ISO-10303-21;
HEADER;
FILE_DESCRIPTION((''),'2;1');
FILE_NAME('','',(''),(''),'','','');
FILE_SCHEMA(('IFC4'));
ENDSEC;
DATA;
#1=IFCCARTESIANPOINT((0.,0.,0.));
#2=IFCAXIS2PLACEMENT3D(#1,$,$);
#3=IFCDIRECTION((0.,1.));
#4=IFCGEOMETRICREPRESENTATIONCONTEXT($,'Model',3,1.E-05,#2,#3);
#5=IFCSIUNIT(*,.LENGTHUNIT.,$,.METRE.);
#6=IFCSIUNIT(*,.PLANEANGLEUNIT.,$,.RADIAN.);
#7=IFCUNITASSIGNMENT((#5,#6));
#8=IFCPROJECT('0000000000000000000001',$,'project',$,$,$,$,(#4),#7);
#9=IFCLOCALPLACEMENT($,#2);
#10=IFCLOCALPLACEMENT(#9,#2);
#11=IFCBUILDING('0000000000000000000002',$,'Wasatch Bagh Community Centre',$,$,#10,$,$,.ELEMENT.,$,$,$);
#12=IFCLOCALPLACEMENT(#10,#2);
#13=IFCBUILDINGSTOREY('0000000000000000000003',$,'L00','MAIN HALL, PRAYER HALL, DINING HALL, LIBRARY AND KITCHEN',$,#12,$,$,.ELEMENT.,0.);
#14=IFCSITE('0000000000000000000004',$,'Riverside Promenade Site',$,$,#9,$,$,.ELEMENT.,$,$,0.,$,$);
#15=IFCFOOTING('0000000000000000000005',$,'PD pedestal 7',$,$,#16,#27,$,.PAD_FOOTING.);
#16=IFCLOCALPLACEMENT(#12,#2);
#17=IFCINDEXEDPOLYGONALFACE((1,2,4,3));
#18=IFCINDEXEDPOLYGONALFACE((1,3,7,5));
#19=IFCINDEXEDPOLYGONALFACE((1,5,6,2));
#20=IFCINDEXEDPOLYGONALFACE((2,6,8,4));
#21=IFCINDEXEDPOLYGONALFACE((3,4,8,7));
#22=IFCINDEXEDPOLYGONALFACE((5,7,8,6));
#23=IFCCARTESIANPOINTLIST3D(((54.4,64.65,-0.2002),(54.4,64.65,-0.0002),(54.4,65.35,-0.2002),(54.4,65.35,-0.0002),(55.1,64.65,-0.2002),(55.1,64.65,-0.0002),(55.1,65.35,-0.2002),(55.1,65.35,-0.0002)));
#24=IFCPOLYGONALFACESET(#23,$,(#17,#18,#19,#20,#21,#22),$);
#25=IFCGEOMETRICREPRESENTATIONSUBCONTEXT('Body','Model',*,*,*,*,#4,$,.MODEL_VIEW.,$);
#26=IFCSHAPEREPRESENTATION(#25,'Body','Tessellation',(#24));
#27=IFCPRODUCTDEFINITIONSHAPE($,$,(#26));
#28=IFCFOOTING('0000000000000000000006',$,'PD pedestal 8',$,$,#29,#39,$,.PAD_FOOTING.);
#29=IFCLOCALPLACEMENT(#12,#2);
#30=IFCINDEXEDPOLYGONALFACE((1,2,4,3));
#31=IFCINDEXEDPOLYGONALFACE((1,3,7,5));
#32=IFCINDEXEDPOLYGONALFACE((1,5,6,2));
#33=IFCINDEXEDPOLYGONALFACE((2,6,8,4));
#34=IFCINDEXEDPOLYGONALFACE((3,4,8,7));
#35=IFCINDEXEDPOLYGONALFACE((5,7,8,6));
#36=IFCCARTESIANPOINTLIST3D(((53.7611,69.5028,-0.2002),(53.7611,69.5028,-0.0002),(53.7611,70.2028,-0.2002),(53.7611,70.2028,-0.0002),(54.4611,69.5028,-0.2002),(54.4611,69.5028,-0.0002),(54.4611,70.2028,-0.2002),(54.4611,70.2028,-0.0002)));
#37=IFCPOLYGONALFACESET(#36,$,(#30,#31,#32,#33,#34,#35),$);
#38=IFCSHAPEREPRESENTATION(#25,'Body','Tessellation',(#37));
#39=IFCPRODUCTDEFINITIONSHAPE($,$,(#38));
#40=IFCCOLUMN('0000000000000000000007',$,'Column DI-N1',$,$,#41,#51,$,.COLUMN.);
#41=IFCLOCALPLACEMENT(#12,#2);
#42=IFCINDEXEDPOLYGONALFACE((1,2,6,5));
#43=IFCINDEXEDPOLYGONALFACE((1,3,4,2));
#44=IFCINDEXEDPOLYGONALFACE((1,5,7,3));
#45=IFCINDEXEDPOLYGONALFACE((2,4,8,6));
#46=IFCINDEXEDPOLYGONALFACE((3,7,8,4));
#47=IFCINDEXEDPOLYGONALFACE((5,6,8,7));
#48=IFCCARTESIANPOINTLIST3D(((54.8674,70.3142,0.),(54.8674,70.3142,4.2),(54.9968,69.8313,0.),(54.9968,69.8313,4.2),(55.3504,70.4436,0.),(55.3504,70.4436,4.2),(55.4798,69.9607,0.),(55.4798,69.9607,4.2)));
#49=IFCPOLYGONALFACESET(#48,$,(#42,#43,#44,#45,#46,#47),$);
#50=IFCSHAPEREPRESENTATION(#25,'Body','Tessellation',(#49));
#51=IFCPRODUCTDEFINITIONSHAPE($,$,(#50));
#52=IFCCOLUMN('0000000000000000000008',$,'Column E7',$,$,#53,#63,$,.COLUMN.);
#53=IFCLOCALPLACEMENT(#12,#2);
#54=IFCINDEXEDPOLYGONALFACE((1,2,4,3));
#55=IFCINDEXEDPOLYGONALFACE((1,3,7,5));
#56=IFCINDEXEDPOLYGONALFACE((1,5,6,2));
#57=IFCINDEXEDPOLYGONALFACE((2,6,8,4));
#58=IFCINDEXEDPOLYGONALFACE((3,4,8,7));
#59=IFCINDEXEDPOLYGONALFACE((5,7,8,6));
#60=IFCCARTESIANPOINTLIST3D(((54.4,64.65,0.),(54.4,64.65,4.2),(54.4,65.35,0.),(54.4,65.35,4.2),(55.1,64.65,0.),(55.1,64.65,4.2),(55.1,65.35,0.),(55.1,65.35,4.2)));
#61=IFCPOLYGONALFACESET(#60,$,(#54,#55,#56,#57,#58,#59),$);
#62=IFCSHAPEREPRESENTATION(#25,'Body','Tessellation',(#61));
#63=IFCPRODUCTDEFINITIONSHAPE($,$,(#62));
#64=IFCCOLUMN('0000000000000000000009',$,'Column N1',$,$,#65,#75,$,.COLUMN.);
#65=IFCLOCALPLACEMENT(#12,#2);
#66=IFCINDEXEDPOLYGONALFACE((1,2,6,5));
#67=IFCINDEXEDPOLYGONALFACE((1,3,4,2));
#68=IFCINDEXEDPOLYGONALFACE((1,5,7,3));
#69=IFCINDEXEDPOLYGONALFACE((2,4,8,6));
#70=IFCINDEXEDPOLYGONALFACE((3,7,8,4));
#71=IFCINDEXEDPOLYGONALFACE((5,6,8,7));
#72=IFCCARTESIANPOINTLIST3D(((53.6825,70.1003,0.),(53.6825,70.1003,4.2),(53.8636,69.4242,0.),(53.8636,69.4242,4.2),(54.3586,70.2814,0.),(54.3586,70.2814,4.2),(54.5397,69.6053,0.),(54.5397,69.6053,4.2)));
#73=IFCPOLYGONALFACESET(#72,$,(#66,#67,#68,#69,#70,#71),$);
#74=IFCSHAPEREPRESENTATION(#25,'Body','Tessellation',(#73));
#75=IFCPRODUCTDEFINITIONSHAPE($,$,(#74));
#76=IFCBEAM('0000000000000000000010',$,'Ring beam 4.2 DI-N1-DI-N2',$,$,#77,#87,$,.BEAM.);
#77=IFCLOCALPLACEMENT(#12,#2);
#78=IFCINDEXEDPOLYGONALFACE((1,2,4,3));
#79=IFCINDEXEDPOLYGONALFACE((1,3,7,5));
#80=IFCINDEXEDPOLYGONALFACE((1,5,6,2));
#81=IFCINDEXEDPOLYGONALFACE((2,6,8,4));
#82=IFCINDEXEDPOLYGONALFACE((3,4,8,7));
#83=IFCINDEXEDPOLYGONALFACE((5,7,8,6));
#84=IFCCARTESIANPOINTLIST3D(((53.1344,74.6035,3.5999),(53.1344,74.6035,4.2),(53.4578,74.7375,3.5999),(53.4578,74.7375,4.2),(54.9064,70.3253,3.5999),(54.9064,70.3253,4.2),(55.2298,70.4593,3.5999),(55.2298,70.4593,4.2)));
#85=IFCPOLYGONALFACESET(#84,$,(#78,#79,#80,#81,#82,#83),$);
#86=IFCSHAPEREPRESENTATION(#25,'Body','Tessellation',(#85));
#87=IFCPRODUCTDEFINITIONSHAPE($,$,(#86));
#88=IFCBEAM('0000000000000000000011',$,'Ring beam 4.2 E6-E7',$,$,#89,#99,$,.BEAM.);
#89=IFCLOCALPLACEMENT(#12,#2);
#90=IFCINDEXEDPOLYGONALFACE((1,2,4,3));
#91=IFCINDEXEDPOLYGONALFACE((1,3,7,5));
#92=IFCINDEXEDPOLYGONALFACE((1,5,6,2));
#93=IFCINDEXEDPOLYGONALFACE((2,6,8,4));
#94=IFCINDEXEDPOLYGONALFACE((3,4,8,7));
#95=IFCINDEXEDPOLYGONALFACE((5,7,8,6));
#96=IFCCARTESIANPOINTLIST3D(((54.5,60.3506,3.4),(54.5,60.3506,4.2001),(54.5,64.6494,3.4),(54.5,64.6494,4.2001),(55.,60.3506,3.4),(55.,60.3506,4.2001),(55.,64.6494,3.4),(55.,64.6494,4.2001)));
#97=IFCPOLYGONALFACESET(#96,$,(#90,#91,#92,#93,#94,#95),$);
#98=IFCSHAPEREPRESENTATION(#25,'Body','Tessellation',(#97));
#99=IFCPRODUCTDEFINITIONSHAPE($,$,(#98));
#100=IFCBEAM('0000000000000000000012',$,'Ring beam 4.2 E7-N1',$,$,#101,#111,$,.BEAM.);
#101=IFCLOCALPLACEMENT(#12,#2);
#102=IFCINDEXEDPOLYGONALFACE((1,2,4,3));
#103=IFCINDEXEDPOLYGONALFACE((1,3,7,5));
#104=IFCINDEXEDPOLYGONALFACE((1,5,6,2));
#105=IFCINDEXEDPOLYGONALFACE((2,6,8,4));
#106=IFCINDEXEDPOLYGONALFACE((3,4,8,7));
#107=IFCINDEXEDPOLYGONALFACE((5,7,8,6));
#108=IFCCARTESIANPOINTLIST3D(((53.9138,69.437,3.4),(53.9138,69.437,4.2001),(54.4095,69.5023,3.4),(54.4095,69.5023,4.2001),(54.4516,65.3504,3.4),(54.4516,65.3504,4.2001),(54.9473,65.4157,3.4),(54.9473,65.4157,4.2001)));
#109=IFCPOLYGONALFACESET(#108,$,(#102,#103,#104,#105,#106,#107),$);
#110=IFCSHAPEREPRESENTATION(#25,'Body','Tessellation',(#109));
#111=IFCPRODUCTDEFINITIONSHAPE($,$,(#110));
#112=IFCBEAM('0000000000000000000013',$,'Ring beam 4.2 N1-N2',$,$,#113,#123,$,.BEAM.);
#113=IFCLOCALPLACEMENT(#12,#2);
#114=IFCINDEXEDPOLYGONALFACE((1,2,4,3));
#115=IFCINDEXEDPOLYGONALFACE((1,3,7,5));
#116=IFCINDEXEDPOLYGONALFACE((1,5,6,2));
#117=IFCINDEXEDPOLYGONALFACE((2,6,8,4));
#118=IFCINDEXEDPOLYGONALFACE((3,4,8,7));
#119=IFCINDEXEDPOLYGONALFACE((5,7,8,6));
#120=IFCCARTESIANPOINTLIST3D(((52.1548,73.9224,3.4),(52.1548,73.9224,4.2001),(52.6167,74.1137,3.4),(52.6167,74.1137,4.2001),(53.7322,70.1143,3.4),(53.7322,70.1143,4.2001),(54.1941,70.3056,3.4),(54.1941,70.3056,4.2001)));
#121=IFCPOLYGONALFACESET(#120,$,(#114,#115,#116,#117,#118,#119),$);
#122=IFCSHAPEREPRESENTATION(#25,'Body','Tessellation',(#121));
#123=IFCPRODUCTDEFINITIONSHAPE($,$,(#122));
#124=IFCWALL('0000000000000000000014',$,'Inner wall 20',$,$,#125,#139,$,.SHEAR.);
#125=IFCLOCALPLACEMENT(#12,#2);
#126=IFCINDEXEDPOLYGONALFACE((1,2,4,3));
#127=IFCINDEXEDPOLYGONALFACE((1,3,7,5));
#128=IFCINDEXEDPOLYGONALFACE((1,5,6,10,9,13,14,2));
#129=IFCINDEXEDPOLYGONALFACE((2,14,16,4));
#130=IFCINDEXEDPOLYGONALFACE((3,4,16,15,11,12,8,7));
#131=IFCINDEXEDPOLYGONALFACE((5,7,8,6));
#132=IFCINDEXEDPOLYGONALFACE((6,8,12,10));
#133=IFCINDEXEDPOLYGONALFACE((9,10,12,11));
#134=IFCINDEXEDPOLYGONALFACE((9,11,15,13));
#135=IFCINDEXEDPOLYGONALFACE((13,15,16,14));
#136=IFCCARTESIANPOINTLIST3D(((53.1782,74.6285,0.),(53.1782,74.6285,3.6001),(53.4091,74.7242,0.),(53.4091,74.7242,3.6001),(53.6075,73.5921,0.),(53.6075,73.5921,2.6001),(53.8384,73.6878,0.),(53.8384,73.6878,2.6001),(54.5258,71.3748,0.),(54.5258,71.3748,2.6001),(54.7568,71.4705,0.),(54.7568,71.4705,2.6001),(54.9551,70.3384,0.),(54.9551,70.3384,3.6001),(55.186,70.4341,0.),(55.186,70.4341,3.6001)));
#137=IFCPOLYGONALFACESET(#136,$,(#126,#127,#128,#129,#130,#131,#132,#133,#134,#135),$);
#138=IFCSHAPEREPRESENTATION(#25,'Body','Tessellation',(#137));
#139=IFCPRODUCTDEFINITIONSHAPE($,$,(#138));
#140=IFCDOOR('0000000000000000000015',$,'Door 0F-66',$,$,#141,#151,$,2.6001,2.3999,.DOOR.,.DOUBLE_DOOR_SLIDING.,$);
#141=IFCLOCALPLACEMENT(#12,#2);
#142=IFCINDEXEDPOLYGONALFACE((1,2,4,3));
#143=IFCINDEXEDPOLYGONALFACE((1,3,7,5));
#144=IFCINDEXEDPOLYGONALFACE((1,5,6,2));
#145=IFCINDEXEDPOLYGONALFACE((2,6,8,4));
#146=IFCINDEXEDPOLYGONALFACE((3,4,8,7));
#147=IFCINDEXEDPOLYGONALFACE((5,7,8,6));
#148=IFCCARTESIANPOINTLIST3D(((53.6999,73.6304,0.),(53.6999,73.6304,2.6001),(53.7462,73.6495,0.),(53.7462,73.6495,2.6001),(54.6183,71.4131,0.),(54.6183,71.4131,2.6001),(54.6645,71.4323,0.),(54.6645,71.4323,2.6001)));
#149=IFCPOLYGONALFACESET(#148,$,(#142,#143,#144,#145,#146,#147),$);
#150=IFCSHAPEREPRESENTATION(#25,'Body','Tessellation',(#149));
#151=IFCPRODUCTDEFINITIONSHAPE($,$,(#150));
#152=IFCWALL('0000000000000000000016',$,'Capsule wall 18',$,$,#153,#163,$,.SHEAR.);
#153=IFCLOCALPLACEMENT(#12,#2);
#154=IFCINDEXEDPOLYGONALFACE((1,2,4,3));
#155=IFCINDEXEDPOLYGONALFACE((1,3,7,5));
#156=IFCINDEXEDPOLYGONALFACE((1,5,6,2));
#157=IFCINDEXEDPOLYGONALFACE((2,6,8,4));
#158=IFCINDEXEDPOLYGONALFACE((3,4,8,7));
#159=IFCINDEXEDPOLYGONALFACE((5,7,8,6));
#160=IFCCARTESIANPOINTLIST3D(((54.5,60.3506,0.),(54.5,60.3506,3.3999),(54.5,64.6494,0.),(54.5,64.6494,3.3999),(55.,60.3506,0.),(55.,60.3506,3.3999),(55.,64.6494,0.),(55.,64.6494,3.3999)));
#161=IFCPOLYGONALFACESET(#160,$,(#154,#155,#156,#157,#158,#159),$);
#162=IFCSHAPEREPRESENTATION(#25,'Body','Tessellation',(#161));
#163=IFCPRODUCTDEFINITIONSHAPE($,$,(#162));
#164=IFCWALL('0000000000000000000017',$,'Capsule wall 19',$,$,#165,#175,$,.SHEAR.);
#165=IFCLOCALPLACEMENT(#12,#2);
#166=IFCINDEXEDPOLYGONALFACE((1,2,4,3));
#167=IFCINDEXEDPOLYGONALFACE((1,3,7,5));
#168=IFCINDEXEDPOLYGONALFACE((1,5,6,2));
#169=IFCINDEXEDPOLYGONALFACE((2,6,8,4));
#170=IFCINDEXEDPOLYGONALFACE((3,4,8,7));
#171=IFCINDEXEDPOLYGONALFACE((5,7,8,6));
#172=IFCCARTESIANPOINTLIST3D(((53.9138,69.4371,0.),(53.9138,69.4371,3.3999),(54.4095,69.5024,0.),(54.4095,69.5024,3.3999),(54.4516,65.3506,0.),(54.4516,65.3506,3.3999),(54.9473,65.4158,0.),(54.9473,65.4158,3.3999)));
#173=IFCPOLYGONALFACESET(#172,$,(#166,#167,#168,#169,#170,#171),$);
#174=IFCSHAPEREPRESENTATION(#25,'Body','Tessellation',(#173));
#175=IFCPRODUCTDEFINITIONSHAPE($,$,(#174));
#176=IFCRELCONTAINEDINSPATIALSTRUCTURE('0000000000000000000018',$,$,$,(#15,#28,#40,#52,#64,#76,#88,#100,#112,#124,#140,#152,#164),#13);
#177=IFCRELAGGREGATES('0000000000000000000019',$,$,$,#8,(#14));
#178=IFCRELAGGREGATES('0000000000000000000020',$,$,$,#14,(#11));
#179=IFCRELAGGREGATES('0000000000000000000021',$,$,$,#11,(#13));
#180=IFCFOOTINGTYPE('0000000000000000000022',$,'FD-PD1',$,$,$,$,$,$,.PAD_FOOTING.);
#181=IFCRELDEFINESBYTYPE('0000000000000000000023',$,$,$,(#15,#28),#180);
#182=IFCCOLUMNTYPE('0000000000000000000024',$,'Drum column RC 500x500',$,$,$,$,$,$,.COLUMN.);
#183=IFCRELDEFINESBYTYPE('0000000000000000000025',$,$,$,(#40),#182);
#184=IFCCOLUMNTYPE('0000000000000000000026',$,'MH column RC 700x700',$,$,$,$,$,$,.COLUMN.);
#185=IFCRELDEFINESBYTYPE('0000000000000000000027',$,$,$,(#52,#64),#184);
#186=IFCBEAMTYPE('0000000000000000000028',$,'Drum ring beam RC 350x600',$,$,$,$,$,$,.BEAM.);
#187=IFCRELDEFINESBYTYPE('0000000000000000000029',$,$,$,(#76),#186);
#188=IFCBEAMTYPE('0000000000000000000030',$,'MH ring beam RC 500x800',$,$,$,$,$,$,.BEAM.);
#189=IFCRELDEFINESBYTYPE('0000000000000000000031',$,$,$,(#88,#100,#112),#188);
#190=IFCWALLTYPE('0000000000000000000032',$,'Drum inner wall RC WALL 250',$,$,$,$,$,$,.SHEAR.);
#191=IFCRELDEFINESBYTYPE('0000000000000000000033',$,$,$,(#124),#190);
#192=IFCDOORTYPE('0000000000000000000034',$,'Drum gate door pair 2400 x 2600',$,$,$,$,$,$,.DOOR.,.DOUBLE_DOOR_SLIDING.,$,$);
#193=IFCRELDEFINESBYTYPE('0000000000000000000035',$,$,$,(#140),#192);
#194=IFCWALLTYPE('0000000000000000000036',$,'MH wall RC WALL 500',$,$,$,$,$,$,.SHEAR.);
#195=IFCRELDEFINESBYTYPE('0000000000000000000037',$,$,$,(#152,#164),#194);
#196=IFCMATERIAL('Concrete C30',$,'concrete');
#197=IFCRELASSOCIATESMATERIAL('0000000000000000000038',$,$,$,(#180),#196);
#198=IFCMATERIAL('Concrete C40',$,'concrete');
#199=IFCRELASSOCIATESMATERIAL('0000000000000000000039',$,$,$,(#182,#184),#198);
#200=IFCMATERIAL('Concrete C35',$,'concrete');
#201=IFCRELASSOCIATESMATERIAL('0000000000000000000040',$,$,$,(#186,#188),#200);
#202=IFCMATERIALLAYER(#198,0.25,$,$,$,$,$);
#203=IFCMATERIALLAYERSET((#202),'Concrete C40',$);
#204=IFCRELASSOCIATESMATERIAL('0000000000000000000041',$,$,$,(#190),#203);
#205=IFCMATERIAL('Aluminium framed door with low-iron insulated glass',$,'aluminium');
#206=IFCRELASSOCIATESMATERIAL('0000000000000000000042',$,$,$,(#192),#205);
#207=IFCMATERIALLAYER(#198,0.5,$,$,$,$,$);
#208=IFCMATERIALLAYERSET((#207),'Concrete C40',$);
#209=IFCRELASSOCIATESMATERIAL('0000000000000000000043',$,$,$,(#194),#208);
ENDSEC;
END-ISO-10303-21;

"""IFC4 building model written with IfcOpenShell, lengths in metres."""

from ifc_helpers import new_model, si_unit, direction, frame, frame_2d, origin, origin_2d, place, context, subcontext, project, spatial, rectangle, extrude, material, layer, layer_set, material_profile, profile_set, type_object, element, fill, save


model = new_model("IFC4")

# Units and contexts
model_context = context("Model", 3, precision=1e-05, world=origin(), true_north=direction((0.0, 1.0)))
body_context = subcontext(model_context, "Body", "Model", "MODEL_VIEW")
ifc_project = project(units=[si_unit("LENGTHUNIT", "METRE"), si_unit("PLANEANGLEUNIT", "RADIAN")], contexts=[model_context])

# Site, building, storey
site_placement = place(None, origin())
site = spatial("IfcSite", under=ifc_project, at=site_placement, Name="Riverside Promenade Site", CompositionType="ELEMENT", RefElevation=0.0)
building_placement = place(site_placement, origin())
building = spatial("IfcBuilding", under=site, at=building_placement, Name="Wasatch Bagh Community Centre", CompositionType="ELEMENT")
storey_placement = place(building_placement, origin())
storey = spatial("IfcBuildingStorey", under=building, at=storey_placement, Name="L00", Description="MAIN HALL, PRAYER HALL, DINING HALL, LIBRARY AND KITCHEN", CompositionType="ELEMENT", Elevation=0.0)

# Shared definitions
ifc_material_1 = material(Name="Concrete C35", Category="concrete")

# Shared definitions
ifc_material_2 = material(Name="Concrete C30", Category="concrete")

# Footings
footing_type_1 = type_object("IfcFootingType", Name="FD-PD1", PredefinedType="PAD_FOOTING", material=ifc_material_2)
for number, where, z_axis, x_axis, name in (
    (1, (54.75, 65.0, -0.2002), (0.0, 0.0, 1.0), (1.0, 0.0, 0.0), "PD pedestal 7"),
    (2, (54.1111, 69.8528, -0.2002), (0.0, 0.0, 1.0), (1.0, 0.0, 0.0), "PD pedestal 8"),
):
    element("IfcFooting", number, at=place(storey_placement, frame(where, z_axis=z_axis, x_axis=x_axis)), inside=storey, type_object=footing_type_1, Name=name, PredefinedType="PAD_FOOTING", context=body_context, shape_type="SweptSolid", body=[
        extrude(rectangle(XDim=0.7, YDim=0.7, at=origin_2d()), origin(), (0.0, 0.0, 1.0), 0.2),
    ])

# Columns
ifc_material_3 = material(Name="Concrete C40", Category="concrete")
ifc_material_profile_1 = material_profile(ifc_material_3, rectangle(XDim=0.5, YDim=0.5, at=origin_2d()), Name="RC 500x500")
ifc_profile_set_1 = profile_set([ifc_material_profile_1], Name="Concrete C40")
column_type_1 = type_object("IfcColumnType", Name="Drum column RC 500x500", PredefinedType="COLUMN", material=ifc_profile_set_1)
column_placement = place(storey_placement, frame((55.1736, 70.1375, 0.0), z_axis=(0.0, 0.0, 1.0), x_axis=(0.965926, 0.258819, 0.0)))
element("IfcColumn", 3, at=column_placement, inside=storey, type_object=column_type_1, Name="Column DI-N1", PredefinedType="COLUMN", context=body_context, shape_type="SweptSolid", body=[
    extrude(rectangle(XDim=0.5, YDim=0.5, at=origin_2d()), origin(), (0.0, 0.0, 1.0), 4.2),
])
ifc_material_profile_2 = material_profile(ifc_material_3, rectangle(XDim=0.7, YDim=0.7, at=origin_2d()), Name="RC 700x700")
ifc_profile_set_2 = profile_set([ifc_material_profile_2], Name="Concrete C40")
column_type_2 = type_object("IfcColumnType", Name="MH column RC 700x700", PredefinedType="COLUMN", material=ifc_profile_set_2)
for number, where, z_axis, x_axis, name in (
    (4, (54.75, 65.0, 0.0), (0.0, 0.0, 1.0), (1.0, 0.0, 0.0), "Column E7"),
    (5, (54.1111, 69.8528, 0.0), (0.0, 0.0, 1.0), (0.965926, 0.258819, 0.0), "Column N1"),
):
    element("IfcColumn", number, at=place(storey_placement, frame(where, z_axis=z_axis, x_axis=x_axis)), inside=storey, type_object=column_type_2, Name=name, PredefinedType="COLUMN", context=body_context, shape_type="SweptSolid", body=[
        extrude(rectangle(XDim=0.7, YDim=0.7, at=origin_2d()), origin(), (0.0, 0.0, 1.0), 4.2),
    ])

# Beams
ifc_material_profile_3 = material_profile(ifc_material_1, rectangle(XDim=0.3501, YDim=0.6001, at=origin_2d()), Name="RC 350x600")
ifc_profile_set_3 = profile_set([ifc_material_profile_3], Name="Concrete C35")
beam_type_1 = type_object("IfcBeamType", Name="Drum ring beam RC 350x600", PredefinedType="BEAM", material=ifc_profile_set_3)
beam_1_placement = place(storey_placement, frame((55.0681, 70.3923, 3.8999), z_axis=(-0.382672, 0.923884, 0.0), x_axis=(-0.923884, -0.382672, 0.0)))
element("IfcBeam", 6, at=beam_1_placement, inside=storey, type_object=beam_type_1, Name="Ring beam 4.2 DI-N1-DI-N2", PredefinedType="BEAM", context=body_context, shape_type="SweptSolid", body=[
    extrude(rectangle(XDim=0.3501, YDim=0.6001, at=origin_2d()), origin(), (0.0, 0.0, 1.0), 4.6306),
])
ifc_material_profile_4 = material_profile(ifc_material_1, rectangle(XDim=0.5, YDim=0.8, at=origin_2d()), Name="RC 500x800")
ifc_profile_set_4 = profile_set([ifc_material_profile_4], Name="Concrete C35")
beam_type_2 = type_object("IfcBeamType", Name="MH ring beam RC 500x800", PredefinedType="BEAM", material=ifc_profile_set_4)
beam_2_placement = place(storey_placement, frame((54.75, 60.3506, 3.8), z_axis=(0.0, 1.0, 0.0), x_axis=(-1.0, 0.0, 0.0)))
element("IfcBeam", 7, at=beam_2_placement, inside=storey, type_object=beam_type_2, Name="Ring beam 4.2 E6-E7", PredefinedType="BEAM", context=body_context, shape_type="SweptSolid", body=[
    extrude(rectangle(XDim=0.5, YDim=0.8, at=origin_2d()), origin(), (0.0, 0.0, 1.0), 4.2988),
])
for number, where, z_axis, x_axis, name in (
    (8, (54.6995, 65.3831, 3.8), (-0.130484, 0.99145, 0.0), (-0.99145, -0.130484, 0.0), "Ring beam 4.2 E7-N1"),
    (9, (53.9631, 70.21, 3.8), (-0.382688, 0.923878, 0.0), (-0.923878, -0.382688, 0.0), "Ring beam 4.2 N1-N2"),
):
    element("IfcBeam", number, at=place(storey_placement, frame(where, z_axis=z_axis, x_axis=x_axis)), inside=storey, type_object=beam_type_2, Name=name, PredefinedType="BEAM", context=body_context, shape_type="SweptSolid", body=[
        extrude(rectangle(XDim=0.5, YDim=0.8, at=origin_2d()), origin(), (0.0, 0.0, 1.0), 4.1218),
    ])

# Wall, opening, door
ifc_layer_1 = layer(ifc_material_3, 0.25)
ifc_layer_set_1 = layer_set([ifc_layer_1], Name="Concrete C40")
wall_type_1 = type_object("IfcWallType", Name="Drum inner wall RC WALL 250", PredefinedType="SHEAR", material=ifc_layer_set_1)
wall_1_placement = place(storey_placement, frame((55.0706, 70.3862, 0.0), z_axis=(0.0, 0.0, 1.0), x_axis=(-0.382658, 0.92389, 0.0)))
wall_1 = element("IfcWall", 10, at=wall_1_placement, inside=storey, type_object=wall_type_1, Name="Inner wall 20", PredefinedType="SHEAR", context=body_context, shape_type="SweptSolid", body=[
    extrude(rectangle(XDim=4.6436, YDim=0.25, at=frame_2d((2.3218, 0.0))), origin(), (0.0, 0.0, 1.0), 3.6001),
])
opening_1_placement = place(wall_1_placement, frame((1.1218, 0.0, 0.0)))
opening_1 = element("IfcOpeningElement", 11, at=opening_1_placement, cuts=wall_1, PredefinedType="OPENING", context=body_context, shape_type="SweptSolid", body=[
    extrude(rectangle(XDim=2.3999, YDim=2.6001, at=frame_2d((1.2, 1.3))), frame((0.0, 0.135, 0.0), z_axis=(0.0, -1.0, 0.0), x_axis=(1.0, 0.0, 0.0)), (0.0, 0.0, 1.0), 0.27),
])
ifc_material_4 = material(Name="Aluminium framed door with low-iron insulated glass", Category="aluminium")
door_type_1 = type_object("IfcDoorType", Name="Drum gate door pair 2400 x 2600", OperationType="DOUBLE_DOOR_SLIDING", PredefinedType="DOOR", material=ifc_material_4)
door_1_placement = place(opening_1_placement, origin())
door_1 = element("IfcDoor", 12, at=door_1_placement, inside=storey, type_object=door_type_1, Name="Door 0F-66", OperationType="DOUBLE_DOOR_SLIDING", OverallHeight=2.6001, OverallWidth=2.3999, PredefinedType="DOOR", context=body_context, shape_type="SweptSolid", body=[
    extrude(rectangle(XDim=2.3999, YDim=2.6001, at=frame_2d((1.2, 1.3))), frame((0.0, 0.0249, 0.0), z_axis=(0.0, -1.0, 0.0), x_axis=(1.0, 0.0, 0.0)), (0.0, 0.0, 1.0), 0.05),
])
fill(opening_1, door_1)

# Walls
ifc_layer_2 = layer(ifc_material_3, 0.5)
ifc_layer_set_2 = layer_set([ifc_layer_2], Name="Concrete C40")
wall_type_2 = type_object("IfcWallType", Name="MH wall RC WALL 500", PredefinedType="SHEAR", material=ifc_layer_set_2)
wall_2_placement = place(storey_placement, frame((54.75, 60.3506, 0.0), z_axis=(0.0, 0.0, 1.0), x_axis=(0.0, 1.0, 0.0)))
element("IfcWall", 13, at=wall_2_placement, inside=storey, type_object=wall_type_2, Name="Capsule wall 18", PredefinedType="SHEAR", context=body_context, shape_type="SweptSolid", body=[
    extrude(rectangle(XDim=4.2988, YDim=0.5, at=frame_2d((2.1494, 0.0))), origin(), (0.0, 0.0, 1.0), 3.3999),
])
wall_3_placement = place(storey_placement, frame((54.6995, 65.3831, 0.0), z_axis=(0.0, 0.0, 1.0), x_axis=(-0.130484, 0.99145, 0.0)))
element("IfcWall", 14, at=wall_3_placement, inside=storey, type_object=wall_type_2, Name="Capsule wall 19", PredefinedType="SHEAR", context=body_context, shape_type="SweptSolid", body=[
    extrude(rectangle(XDim=4.1218, YDim=0.5, at=frame_2d((2.061, 0.0))), origin(), (0.0, 0.0, 1.0), 3.3999),
])

save(model, "model.ifc")
